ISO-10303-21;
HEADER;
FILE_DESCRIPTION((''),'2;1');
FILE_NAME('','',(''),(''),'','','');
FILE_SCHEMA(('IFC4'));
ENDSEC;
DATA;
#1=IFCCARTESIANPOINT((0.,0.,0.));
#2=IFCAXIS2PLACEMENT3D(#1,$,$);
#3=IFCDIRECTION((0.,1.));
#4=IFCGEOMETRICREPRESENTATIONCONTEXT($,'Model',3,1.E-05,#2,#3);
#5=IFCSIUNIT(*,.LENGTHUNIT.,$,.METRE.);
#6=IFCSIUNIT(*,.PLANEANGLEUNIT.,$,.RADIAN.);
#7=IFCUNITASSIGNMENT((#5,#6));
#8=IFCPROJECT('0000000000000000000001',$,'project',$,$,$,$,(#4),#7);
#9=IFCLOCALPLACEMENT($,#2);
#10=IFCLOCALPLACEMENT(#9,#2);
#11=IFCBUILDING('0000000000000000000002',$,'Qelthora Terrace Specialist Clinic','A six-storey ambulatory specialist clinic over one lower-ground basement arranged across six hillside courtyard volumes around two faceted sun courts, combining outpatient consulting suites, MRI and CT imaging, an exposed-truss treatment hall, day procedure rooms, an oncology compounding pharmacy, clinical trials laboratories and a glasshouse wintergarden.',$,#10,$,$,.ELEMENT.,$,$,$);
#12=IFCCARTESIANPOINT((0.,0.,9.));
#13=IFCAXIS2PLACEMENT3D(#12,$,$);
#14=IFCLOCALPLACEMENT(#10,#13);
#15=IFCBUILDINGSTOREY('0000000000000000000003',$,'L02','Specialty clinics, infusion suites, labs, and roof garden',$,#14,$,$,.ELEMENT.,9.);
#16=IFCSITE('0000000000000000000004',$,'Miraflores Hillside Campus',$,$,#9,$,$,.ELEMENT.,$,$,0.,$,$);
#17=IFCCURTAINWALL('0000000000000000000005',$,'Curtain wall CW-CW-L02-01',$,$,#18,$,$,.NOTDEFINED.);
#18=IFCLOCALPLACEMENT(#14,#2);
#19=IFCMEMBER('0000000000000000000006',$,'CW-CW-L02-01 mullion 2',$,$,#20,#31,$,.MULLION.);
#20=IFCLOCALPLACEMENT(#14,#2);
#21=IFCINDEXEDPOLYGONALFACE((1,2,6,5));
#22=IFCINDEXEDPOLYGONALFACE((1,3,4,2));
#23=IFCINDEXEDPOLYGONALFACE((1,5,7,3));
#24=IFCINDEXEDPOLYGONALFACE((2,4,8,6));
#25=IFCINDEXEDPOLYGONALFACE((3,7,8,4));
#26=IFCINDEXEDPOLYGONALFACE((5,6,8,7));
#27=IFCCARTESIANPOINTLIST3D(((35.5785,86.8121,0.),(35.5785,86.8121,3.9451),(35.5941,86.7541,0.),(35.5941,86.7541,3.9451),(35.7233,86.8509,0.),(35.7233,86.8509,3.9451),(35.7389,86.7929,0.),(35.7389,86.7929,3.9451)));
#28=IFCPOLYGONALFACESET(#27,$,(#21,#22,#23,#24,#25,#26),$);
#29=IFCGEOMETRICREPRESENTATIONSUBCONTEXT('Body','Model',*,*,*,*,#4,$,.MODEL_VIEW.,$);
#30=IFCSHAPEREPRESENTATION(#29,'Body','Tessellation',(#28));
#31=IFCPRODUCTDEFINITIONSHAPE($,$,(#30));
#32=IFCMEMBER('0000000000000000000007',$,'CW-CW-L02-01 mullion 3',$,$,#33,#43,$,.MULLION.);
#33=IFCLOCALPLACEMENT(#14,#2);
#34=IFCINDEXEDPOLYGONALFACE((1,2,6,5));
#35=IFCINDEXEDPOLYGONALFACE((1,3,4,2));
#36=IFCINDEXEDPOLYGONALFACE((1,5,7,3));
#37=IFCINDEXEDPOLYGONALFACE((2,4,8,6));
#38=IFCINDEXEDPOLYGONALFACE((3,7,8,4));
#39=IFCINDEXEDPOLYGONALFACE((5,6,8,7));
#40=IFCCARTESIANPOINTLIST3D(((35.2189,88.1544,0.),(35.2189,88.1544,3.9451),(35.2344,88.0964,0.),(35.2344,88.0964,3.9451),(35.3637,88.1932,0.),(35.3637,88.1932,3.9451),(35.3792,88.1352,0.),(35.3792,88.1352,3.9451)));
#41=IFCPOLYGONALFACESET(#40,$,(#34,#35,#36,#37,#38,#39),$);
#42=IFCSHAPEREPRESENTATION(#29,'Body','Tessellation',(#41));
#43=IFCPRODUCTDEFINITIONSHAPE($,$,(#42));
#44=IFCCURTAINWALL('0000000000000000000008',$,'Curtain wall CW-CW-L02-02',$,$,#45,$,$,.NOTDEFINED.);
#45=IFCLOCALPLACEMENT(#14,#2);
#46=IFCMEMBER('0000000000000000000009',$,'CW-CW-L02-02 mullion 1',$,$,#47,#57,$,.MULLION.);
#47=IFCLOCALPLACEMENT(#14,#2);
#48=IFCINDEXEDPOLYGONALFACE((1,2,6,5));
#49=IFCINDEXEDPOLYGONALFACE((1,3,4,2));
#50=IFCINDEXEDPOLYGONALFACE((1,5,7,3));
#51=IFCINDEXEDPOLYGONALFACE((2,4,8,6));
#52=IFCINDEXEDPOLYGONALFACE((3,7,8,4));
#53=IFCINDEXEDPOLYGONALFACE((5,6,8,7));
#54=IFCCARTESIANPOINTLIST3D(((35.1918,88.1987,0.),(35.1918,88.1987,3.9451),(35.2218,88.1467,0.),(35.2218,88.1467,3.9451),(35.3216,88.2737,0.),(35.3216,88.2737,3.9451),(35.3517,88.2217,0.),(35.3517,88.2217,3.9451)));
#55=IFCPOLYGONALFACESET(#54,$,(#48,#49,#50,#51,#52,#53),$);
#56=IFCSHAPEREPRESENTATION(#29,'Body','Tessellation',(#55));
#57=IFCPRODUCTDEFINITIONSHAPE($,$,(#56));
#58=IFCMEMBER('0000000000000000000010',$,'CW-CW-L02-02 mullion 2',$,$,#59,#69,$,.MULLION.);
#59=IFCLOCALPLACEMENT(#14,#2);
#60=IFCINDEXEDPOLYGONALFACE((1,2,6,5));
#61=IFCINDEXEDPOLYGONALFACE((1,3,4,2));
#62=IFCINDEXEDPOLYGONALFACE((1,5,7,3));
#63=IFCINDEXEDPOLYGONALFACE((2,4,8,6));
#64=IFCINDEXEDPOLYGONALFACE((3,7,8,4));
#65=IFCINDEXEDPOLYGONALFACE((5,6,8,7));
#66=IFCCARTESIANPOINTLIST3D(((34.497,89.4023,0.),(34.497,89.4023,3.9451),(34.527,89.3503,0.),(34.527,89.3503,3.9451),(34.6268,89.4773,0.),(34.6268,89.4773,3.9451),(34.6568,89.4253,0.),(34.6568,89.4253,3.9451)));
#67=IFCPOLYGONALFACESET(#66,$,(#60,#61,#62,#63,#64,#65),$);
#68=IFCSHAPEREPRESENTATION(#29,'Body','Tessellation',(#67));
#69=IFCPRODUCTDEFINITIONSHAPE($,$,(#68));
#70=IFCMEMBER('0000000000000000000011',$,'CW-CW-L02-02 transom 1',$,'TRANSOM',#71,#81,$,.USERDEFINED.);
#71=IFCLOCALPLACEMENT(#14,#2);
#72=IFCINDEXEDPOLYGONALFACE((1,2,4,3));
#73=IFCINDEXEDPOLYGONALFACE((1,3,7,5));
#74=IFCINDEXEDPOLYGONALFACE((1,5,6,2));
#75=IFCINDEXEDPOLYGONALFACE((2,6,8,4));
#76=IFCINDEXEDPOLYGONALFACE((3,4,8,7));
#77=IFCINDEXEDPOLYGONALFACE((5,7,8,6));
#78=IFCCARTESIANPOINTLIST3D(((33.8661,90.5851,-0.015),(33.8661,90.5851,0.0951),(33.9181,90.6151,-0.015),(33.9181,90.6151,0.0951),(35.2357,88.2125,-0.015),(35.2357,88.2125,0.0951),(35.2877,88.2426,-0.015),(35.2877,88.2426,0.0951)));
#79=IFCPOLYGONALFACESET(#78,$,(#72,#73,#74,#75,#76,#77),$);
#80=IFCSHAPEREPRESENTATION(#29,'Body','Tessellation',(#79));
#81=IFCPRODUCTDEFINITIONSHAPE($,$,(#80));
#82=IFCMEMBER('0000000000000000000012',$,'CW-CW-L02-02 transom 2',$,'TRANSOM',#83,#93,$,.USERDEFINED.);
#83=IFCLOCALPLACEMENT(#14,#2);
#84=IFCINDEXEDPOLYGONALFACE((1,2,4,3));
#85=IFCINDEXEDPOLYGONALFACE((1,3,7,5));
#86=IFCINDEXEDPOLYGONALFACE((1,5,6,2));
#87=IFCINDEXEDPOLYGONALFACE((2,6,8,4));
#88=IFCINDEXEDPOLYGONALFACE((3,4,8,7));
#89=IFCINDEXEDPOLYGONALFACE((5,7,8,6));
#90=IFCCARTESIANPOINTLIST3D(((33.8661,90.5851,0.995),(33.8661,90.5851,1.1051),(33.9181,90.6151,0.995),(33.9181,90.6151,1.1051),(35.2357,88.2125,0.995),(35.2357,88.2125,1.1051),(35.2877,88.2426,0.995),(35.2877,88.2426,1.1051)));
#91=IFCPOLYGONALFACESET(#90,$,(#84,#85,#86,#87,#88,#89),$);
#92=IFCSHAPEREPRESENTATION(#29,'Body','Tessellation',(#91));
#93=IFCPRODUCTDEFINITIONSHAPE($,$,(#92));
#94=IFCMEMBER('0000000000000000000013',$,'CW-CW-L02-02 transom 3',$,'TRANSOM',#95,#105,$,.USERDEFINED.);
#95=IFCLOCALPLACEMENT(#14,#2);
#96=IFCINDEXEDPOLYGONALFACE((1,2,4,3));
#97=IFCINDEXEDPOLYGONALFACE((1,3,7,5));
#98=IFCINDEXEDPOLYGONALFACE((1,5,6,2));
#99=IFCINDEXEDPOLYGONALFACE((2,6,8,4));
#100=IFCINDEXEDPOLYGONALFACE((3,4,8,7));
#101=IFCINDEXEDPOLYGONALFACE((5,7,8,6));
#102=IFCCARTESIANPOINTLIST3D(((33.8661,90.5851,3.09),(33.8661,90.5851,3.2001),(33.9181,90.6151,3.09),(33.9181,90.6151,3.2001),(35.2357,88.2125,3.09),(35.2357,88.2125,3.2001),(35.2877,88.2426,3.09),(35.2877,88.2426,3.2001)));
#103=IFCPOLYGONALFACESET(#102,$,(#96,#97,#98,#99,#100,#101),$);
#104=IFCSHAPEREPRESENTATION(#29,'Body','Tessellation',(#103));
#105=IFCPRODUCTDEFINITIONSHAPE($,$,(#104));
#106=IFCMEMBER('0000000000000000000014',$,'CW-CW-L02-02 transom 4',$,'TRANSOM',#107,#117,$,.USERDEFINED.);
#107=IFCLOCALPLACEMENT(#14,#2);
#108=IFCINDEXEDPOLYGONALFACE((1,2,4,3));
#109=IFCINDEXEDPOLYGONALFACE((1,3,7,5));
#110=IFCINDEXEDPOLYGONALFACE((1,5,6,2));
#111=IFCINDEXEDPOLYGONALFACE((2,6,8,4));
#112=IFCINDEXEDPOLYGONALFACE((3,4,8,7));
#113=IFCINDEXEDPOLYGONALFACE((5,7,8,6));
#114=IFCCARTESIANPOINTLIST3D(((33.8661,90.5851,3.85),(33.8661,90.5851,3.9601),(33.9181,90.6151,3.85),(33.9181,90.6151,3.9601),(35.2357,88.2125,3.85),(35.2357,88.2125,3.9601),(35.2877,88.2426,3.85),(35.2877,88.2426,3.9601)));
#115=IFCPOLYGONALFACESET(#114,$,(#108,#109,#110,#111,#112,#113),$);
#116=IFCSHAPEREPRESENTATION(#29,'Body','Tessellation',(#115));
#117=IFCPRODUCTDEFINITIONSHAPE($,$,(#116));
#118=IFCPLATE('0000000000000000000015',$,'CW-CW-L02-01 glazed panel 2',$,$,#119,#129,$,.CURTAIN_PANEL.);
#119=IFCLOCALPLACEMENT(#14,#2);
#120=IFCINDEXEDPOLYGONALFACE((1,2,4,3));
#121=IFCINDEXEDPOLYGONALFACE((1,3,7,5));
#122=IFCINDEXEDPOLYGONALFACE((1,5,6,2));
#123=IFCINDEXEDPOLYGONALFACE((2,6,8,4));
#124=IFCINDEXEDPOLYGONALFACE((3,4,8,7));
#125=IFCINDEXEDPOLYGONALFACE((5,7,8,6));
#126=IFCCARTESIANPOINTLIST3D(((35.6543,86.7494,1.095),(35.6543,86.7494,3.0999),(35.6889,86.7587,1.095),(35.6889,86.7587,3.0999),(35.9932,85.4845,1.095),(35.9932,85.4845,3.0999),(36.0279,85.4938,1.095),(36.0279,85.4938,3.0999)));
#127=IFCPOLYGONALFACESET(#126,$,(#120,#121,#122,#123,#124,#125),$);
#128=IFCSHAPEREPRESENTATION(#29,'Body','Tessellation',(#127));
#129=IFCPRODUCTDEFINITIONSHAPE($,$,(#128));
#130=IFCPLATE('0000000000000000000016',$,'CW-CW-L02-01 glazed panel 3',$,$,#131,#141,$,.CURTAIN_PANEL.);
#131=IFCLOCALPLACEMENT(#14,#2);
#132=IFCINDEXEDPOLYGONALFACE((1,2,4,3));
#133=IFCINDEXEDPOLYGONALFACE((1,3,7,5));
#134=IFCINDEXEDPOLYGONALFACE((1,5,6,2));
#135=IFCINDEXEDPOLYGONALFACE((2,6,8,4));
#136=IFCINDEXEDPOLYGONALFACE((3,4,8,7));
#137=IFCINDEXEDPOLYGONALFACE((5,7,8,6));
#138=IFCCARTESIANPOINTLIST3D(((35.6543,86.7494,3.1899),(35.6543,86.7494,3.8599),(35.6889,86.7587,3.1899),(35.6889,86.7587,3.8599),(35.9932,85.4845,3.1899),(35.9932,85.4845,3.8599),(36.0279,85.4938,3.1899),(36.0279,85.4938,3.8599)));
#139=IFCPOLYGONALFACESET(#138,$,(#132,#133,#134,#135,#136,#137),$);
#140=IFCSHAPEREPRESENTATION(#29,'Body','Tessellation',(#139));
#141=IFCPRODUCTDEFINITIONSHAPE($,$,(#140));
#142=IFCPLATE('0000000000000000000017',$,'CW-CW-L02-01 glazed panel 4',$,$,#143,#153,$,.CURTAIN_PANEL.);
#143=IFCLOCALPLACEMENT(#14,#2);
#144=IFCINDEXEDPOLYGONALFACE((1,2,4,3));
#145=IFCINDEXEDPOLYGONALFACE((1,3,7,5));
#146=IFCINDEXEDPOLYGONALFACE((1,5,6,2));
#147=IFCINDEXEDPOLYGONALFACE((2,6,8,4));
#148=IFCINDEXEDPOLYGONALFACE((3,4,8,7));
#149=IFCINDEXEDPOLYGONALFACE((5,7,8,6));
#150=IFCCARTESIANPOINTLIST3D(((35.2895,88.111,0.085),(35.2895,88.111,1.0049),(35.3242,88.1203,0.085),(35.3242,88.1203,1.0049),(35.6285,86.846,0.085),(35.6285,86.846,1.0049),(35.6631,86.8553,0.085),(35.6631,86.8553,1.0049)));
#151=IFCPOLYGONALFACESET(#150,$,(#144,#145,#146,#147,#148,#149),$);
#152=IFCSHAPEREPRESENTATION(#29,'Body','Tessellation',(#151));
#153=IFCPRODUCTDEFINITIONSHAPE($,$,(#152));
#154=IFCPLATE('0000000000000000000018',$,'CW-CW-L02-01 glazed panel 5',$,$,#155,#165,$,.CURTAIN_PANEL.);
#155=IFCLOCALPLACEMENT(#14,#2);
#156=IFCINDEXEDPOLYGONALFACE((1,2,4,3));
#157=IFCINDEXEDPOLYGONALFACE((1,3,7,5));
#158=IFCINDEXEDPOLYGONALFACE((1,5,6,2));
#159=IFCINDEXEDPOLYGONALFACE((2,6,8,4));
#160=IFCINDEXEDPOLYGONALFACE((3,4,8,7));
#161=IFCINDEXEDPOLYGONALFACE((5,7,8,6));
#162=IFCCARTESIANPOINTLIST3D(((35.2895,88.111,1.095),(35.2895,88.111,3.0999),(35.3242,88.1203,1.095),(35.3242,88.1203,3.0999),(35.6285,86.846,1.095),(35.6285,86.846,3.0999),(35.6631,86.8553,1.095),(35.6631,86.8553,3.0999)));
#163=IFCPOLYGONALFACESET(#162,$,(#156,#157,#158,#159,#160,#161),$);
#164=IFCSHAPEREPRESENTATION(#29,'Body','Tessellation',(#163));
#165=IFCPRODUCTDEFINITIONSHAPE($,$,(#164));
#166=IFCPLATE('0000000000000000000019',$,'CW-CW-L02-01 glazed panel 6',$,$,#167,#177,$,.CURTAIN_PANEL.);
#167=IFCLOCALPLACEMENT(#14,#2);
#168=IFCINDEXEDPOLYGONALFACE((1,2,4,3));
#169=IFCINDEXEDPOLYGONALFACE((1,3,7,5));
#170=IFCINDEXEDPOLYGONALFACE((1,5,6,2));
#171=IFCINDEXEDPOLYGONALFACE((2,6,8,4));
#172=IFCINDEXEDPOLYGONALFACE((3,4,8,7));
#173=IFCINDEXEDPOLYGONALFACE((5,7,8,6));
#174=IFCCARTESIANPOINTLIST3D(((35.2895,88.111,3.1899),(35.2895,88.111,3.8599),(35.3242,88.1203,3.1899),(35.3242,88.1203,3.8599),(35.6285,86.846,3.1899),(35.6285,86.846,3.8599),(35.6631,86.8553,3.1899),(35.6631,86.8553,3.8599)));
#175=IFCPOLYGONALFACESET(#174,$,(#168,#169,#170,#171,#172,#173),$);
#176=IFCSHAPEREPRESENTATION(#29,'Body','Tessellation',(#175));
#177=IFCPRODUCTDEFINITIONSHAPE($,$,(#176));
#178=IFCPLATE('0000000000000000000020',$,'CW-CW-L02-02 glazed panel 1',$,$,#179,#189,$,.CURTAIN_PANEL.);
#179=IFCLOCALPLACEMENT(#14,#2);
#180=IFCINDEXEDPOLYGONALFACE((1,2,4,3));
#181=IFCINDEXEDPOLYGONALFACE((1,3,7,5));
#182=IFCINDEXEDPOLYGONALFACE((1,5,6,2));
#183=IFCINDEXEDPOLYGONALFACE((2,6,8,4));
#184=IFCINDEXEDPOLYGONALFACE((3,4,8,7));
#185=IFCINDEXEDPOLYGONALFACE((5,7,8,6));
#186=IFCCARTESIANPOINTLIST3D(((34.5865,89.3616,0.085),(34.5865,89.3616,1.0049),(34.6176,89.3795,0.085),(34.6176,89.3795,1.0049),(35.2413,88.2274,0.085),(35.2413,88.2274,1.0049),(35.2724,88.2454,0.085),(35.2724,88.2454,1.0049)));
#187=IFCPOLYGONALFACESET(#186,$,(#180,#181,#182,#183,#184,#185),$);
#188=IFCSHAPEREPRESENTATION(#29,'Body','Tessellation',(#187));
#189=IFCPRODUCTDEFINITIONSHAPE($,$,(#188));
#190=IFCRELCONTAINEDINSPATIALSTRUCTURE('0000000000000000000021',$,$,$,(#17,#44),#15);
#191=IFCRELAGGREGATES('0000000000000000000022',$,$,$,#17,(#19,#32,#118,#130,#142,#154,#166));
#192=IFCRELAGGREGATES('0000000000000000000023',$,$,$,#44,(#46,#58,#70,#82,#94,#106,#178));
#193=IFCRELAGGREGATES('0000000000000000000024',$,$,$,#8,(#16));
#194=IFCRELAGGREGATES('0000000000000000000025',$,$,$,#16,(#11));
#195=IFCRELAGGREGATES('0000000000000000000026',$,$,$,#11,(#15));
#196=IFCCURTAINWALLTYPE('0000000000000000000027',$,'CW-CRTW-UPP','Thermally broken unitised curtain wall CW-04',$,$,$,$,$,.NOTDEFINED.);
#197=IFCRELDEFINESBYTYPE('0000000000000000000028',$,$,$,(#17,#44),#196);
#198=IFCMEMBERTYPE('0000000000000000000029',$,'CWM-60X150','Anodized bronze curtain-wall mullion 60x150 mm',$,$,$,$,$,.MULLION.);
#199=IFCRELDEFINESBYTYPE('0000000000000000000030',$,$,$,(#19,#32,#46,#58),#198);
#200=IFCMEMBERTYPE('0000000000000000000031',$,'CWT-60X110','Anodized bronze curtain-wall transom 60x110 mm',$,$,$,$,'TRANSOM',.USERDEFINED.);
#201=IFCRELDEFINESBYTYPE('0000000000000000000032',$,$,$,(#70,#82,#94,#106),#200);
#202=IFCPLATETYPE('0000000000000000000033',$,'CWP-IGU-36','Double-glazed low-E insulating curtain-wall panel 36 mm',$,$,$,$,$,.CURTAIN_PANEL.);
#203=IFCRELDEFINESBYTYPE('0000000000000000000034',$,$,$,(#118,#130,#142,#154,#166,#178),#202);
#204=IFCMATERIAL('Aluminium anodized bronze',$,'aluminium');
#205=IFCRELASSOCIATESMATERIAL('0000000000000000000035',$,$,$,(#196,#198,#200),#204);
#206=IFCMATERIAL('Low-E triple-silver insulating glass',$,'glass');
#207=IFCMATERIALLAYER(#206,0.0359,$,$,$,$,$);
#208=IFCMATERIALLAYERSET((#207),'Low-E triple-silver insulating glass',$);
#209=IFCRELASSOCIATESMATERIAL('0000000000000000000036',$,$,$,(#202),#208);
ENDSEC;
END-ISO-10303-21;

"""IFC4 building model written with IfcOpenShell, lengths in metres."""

from ifc_helpers import new_model, si_unit, direction, frame, origin, origin_2d, place, context, subcontext, project, spatial, rectangle, extrude, material, layer, layer_set, material_profile, profile_set, type_object, element, aggregate, save


model = new_model("IFC4")

# Units and contexts
model_context = context("Model", 3, precision=1e-05, world=origin(), true_north=direction((0.0, 1.0)))
body_context = subcontext(model_context, "Body", "Model", "MODEL_VIEW")
ifc_project = project(units=[si_unit("LENGTHUNIT", "METRE"), si_unit("PLANEANGLEUNIT", "RADIAN")], contexts=[model_context])

# Site, building, storey
site_placement = place(None, origin())
site = spatial("IfcSite", under=ifc_project, at=site_placement, Name="Miraflores Hillside Campus", CompositionType="ELEMENT", RefElevation=0.0)
building_placement = place(site_placement, origin())
building = spatial("IfcBuilding", under=site, at=building_placement, Name="Qelthora Terrace Specialist Clinic", Description="A six-storey ambulatory specialist clinic over one lower-ground basement arranged across six hillside courtyard volumes around two faceted sun courts, combining outpatient consulting suites, MRI and CT imaging, an exposed-truss treatment hall, day procedure rooms, an oncology compounding pharmacy, clinical trials laboratories and a glasshouse wintergarden.", CompositionType="ELEMENT")
storey_placement = place(building_placement, frame((0.0, 0.0, 9.0)))
storey = spatial("IfcBuildingStorey", under=building, at=storey_placement, Name="L02", Description="Specialty clinics, infusion suites, labs, and roof garden", CompositionType="ELEMENT", Elevation=9.0)

# Curtain walls, members
ifc_material_1 = material(Name="Aluminium anodized bronze", Category="aluminium")
curtain_wall_type = type_object("IfcCurtainWallType", Name="CW-CRTW-UPP", Description="Thermally broken unitised curtain wall CW-04", PredefinedType="NOTDEFINED", material=ifc_material_1)
curtain_wall_1_placement = place(storey_placement, origin())
curtain_wall_1 = element("IfcCurtainWall", 1, at=curtain_wall_1_placement, inside=storey, type_object=curtain_wall_type, Name="Curtain wall CW-CW-L02-01", PredefinedType="NOTDEFINED")
ifc_material_profile_1 = material_profile(ifc_material_1, rectangle(XDim=0.0601, YDim=0.1499, at=origin_2d()), Name="CWM60X150")
ifc_profile_set_1 = profile_set([ifc_material_profile_1], Name="Aluminium anodized bronze")
member_type_1 = type_object("IfcMemberType", Name="CWM-60X150", Description="Anodized bronze curtain-wall mullion 60x150 mm", PredefinedType="MULLION", material=ifc_profile_set_1)
member_1_placement = place(storey_placement, frame((35.6587, 86.8025, 0.0), z_axis=(0.0, 0.0, 1.0), x_axis=(-0.25882, 0.965925, 0.0)))
member_1 = element("IfcMember", 2, at=member_1_placement, type_object=member_type_1, Name="CW-CW-L02-01 mullion 2", PredefinedType="MULLION", context=body_context, shape_type="SweptSolid", body=[
    extrude(rectangle(XDim=0.0601, YDim=0.1499, at=origin_2d()), origin(), (0.0, 0.0, 1.0), 3.9451),
])
member_2_placement = place(storey_placement, frame((35.2991, 88.1448, 0.0), z_axis=(0.0, 0.0, 1.0), x_axis=(-0.25882, 0.965925, 0.0)))
member_2 = element("IfcMember", 3, at=member_2_placement, type_object=member_type_1, Name="CW-CW-L02-01 mullion 3", PredefinedType="MULLION", context=body_context, shape_type="SweptSolid", body=[
    extrude(rectangle(XDim=0.0601, YDim=0.1499, at=origin_2d()), origin(), (0.0, 0.0, 1.0), 3.9451),
])
curtain_wall_2_placement = place(storey_placement, origin())
curtain_wall_2 = element("IfcCurtainWall", 4, at=curtain_wall_2_placement, inside=storey, type_object=curtain_wall_type, Name="Curtain wall CW-CW-L02-02", PredefinedType="NOTDEFINED")
member_3_placement = place(storey_placement, frame((35.2717, 88.2102, 0.0), z_axis=(0.0, 0.0, 1.0), x_axis=(-0.5, 0.866026, 0.0)))
member_3 = element("IfcMember", 5, at=member_3_placement, type_object=member_type_1, Name="CW-CW-L02-02 mullion 1", PredefinedType="MULLION", context=body_context, shape_type="SweptSolid", body=[
    extrude(rectangle(XDim=0.0601, YDim=0.1499, at=origin_2d()), origin(), (0.0, 0.0, 1.0), 3.9451),
])
member_4_placement = place(storey_placement, frame((34.5769, 89.4138, 0.0), z_axis=(0.0, 0.0, 1.0), x_axis=(-0.5, 0.866026, 0.0)))
member_4 = element("IfcMember", 6, at=member_4_placement, type_object=member_type_1, Name="CW-CW-L02-02 mullion 2", PredefinedType="MULLION", context=body_context, shape_type="SweptSolid", body=[
    extrude(rectangle(XDim=0.0601, YDim=0.1499, at=origin_2d()), origin(), (0.0, 0.0, 1.0), 3.9451),
])
ifc_material_profile_2 = material_profile(ifc_material_1, rectangle(XDim=0.0601, YDim=0.1101, at=origin_2d()), Name="CWT60X110")
ifc_profile_set_2 = profile_set([ifc_material_profile_2], Name="Aluminium anodized bronze")
member_type_2 = type_object("IfcMemberType", Name="CWT-60X110", Description="Anodized bronze curtain-wall transom 60x110 mm", ElementType="TRANSOM", PredefinedType="USERDEFINED", material=ifc_profile_set_2)
member_5_placement = place(storey_placement, frame((35.2617, 88.2275, 0.04), z_axis=(-0.499954, 0.866052, 0.0), x_axis=(-0.866052, -0.499954, 0.0)))
member_5 = element("IfcMember", 7, at=member_5_placement, type_object=member_type_2, Name="CW-CW-L02-02 transom 1", ObjectType="TRANSOM", PredefinedType="USERDEFINED", context=body_context, shape_type="SweptSolid", body=[
    extrude(rectangle(XDim=0.0601, YDim=0.1101, at=origin_2d()), origin(), (0.0, 0.0, 1.0), 2.7395),
])
member_6_placement = place(storey_placement, frame((35.2617, 88.2275, 1.05), z_axis=(-0.499954, 0.866052, 0.0), x_axis=(-0.866052, -0.499954, 0.0)))
member_6 = element("IfcMember", 8, at=member_6_placement, type_object=member_type_2, Name="CW-CW-L02-02 transom 2", ObjectType="TRANSOM", PredefinedType="USERDEFINED", context=body_context, shape_type="SweptSolid", body=[
    extrude(rectangle(XDim=0.0601, YDim=0.1101, at=origin_2d()), origin(), (0.0, 0.0, 1.0), 2.7395),
])
member_7_placement = place(storey_placement, frame((35.2617, 88.2275, 3.145), z_axis=(-0.499954, 0.866052, 0.0), x_axis=(-0.866052, -0.499954, 0.0)))
member_7 = element("IfcMember", 9, at=member_7_placement, type_object=member_type_2, Name="CW-CW-L02-02 transom 3", ObjectType="TRANSOM", PredefinedType="USERDEFINED", context=body_context, shape_type="SweptSolid", body=[
    extrude(rectangle(XDim=0.0601, YDim=0.1101, at=origin_2d()), origin(), (0.0, 0.0, 1.0), 2.7395),
])
member_8_placement = place(storey_placement, frame((35.2617, 88.2275, 3.905), z_axis=(-0.499954, 0.866052, 0.0), x_axis=(-0.866052, -0.499954, 0.0)))
member_8 = element("IfcMember", 10, at=member_8_placement, type_object=member_type_2, Name="CW-CW-L02-02 transom 4", ObjectType="TRANSOM", PredefinedType="USERDEFINED", context=body_context, shape_type="SweptSolid", body=[
    extrude(rectangle(XDim=0.0601, YDim=0.1101, at=origin_2d()), origin(), (0.0, 0.0, 1.0), 2.7395),
])

# Plates
ifc_material_2 = material(Name="Low-E triple-silver insulating glass", Category="glass")
ifc_layer = layer(ifc_material_2, 0.0359)
ifc_layer_set = layer_set([ifc_layer], Name="Low-E triple-silver insulating glass")
plate_type = type_object("IfcPlateType", Name="CWP-IGU-36", Description="Double-glazed low-E insulating curtain-wall panel 36 mm", PredefinedType="CURTAIN_PANEL", material=ifc_layer_set)
plate_1_placement = place(storey_placement, frame((35.8411, 86.1216, 1.095), z_axis=(0.0, 0.0, 1.0), x_axis=(-0.258821, 0.965925, 0.0)))
plate_1 = element("IfcPlate", 11, at=plate_1_placement, type_object=plate_type, Name="CW-CW-L02-01 glazed panel 2", PredefinedType="CURTAIN_PANEL", context=body_context, shape_type="SweptSolid", body=[
    extrude(rectangle(XDim=1.3096, YDim=0.0359, at=origin_2d()), origin(), (0.0, 0.0, 1.0), 2.0049),
])
plate_2_placement = place(storey_placement, frame((35.8411, 86.1216, 3.1899), z_axis=(0.0, 0.0, 1.0), x_axis=(-0.258821, 0.965925, 0.0)))
plate_2 = element("IfcPlate", 12, at=plate_2_placement, type_object=plate_type, Name="CW-CW-L02-01 glazed panel 3", PredefinedType="CURTAIN_PANEL", context=body_context, shape_type="SweptSolid", body=[
    extrude(rectangle(XDim=1.3096, YDim=0.0359, at=origin_2d()), origin(), (0.0, 0.0, 1.0), 0.6699),
])
plate_3_placement = place(storey_placement, frame((35.4763, 87.4832, 0.085), z_axis=(0.0, 0.0, 1.0), x_axis=(-0.258821, 0.965925, 0.0)))
plate_3 = element("IfcPlate", 13, at=plate_3_placement, type_object=plate_type, Name="CW-CW-L02-01 glazed panel 4", PredefinedType="CURTAIN_PANEL", context=body_context, shape_type="SweptSolid", body=[
    extrude(rectangle(XDim=1.3096, YDim=0.0359, at=origin_2d()), origin(), (0.0, 0.0, 1.0), 0.9199),
])
plate_4_placement = place(storey_placement, frame((35.4763, 87.4832, 1.095), z_axis=(0.0, 0.0, 1.0), x_axis=(-0.258821, 0.965925, 0.0)))
plate_4 = element("IfcPlate", 14, at=plate_4_placement, type_object=plate_type, Name="CW-CW-L02-01 glazed panel 5", PredefinedType="CURTAIN_PANEL", context=body_context, shape_type="SweptSolid", body=[
    extrude(rectangle(XDim=1.3096, YDim=0.0359, at=origin_2d()), origin(), (0.0, 0.0, 1.0), 2.0049),
])
plate_5_placement = place(storey_placement, frame((35.4763, 87.4832, 3.1899), z_axis=(0.0, 0.0, 1.0), x_axis=(-0.258821, 0.965925, 0.0)))
plate_5 = element("IfcPlate", 15, at=plate_5_placement, type_object=plate_type, Name="CW-CW-L02-01 glazed panel 6", PredefinedType="CURTAIN_PANEL", context=body_context, shape_type="SweptSolid", body=[
    extrude(rectangle(XDim=1.3096, YDim=0.0359, at=origin_2d()), origin(), (0.0, 0.0, 1.0), 0.6699),
])
aggregate(curtain_wall_1, [member_1, member_2, plate_1, plate_2, plate_3, plate_4, plate_5])
plate_6_placement = place(storey_placement, frame((34.9294, 88.8035, 0.085), z_axis=(0.0, 0.0, 1.0), x_axis=(-0.5, 0.866025, 0.0)))
plate_6 = element("IfcPlate", 16, at=plate_6_placement, type_object=plate_type, Name="CW-CW-L02-02 glazed panel 1", PredefinedType="CURTAIN_PANEL", context=body_context, shape_type="SweptSolid", body=[
    extrude(rectangle(XDim=1.3096, YDim=0.0359, at=origin_2d()), origin(), (0.0, 0.0, 1.0), 0.9199),
])
aggregate(curtain_wall_2, [member_3, member_4, member_5, member_6, member_7, member_8, plate_6])

save(model, "model.ifc")
